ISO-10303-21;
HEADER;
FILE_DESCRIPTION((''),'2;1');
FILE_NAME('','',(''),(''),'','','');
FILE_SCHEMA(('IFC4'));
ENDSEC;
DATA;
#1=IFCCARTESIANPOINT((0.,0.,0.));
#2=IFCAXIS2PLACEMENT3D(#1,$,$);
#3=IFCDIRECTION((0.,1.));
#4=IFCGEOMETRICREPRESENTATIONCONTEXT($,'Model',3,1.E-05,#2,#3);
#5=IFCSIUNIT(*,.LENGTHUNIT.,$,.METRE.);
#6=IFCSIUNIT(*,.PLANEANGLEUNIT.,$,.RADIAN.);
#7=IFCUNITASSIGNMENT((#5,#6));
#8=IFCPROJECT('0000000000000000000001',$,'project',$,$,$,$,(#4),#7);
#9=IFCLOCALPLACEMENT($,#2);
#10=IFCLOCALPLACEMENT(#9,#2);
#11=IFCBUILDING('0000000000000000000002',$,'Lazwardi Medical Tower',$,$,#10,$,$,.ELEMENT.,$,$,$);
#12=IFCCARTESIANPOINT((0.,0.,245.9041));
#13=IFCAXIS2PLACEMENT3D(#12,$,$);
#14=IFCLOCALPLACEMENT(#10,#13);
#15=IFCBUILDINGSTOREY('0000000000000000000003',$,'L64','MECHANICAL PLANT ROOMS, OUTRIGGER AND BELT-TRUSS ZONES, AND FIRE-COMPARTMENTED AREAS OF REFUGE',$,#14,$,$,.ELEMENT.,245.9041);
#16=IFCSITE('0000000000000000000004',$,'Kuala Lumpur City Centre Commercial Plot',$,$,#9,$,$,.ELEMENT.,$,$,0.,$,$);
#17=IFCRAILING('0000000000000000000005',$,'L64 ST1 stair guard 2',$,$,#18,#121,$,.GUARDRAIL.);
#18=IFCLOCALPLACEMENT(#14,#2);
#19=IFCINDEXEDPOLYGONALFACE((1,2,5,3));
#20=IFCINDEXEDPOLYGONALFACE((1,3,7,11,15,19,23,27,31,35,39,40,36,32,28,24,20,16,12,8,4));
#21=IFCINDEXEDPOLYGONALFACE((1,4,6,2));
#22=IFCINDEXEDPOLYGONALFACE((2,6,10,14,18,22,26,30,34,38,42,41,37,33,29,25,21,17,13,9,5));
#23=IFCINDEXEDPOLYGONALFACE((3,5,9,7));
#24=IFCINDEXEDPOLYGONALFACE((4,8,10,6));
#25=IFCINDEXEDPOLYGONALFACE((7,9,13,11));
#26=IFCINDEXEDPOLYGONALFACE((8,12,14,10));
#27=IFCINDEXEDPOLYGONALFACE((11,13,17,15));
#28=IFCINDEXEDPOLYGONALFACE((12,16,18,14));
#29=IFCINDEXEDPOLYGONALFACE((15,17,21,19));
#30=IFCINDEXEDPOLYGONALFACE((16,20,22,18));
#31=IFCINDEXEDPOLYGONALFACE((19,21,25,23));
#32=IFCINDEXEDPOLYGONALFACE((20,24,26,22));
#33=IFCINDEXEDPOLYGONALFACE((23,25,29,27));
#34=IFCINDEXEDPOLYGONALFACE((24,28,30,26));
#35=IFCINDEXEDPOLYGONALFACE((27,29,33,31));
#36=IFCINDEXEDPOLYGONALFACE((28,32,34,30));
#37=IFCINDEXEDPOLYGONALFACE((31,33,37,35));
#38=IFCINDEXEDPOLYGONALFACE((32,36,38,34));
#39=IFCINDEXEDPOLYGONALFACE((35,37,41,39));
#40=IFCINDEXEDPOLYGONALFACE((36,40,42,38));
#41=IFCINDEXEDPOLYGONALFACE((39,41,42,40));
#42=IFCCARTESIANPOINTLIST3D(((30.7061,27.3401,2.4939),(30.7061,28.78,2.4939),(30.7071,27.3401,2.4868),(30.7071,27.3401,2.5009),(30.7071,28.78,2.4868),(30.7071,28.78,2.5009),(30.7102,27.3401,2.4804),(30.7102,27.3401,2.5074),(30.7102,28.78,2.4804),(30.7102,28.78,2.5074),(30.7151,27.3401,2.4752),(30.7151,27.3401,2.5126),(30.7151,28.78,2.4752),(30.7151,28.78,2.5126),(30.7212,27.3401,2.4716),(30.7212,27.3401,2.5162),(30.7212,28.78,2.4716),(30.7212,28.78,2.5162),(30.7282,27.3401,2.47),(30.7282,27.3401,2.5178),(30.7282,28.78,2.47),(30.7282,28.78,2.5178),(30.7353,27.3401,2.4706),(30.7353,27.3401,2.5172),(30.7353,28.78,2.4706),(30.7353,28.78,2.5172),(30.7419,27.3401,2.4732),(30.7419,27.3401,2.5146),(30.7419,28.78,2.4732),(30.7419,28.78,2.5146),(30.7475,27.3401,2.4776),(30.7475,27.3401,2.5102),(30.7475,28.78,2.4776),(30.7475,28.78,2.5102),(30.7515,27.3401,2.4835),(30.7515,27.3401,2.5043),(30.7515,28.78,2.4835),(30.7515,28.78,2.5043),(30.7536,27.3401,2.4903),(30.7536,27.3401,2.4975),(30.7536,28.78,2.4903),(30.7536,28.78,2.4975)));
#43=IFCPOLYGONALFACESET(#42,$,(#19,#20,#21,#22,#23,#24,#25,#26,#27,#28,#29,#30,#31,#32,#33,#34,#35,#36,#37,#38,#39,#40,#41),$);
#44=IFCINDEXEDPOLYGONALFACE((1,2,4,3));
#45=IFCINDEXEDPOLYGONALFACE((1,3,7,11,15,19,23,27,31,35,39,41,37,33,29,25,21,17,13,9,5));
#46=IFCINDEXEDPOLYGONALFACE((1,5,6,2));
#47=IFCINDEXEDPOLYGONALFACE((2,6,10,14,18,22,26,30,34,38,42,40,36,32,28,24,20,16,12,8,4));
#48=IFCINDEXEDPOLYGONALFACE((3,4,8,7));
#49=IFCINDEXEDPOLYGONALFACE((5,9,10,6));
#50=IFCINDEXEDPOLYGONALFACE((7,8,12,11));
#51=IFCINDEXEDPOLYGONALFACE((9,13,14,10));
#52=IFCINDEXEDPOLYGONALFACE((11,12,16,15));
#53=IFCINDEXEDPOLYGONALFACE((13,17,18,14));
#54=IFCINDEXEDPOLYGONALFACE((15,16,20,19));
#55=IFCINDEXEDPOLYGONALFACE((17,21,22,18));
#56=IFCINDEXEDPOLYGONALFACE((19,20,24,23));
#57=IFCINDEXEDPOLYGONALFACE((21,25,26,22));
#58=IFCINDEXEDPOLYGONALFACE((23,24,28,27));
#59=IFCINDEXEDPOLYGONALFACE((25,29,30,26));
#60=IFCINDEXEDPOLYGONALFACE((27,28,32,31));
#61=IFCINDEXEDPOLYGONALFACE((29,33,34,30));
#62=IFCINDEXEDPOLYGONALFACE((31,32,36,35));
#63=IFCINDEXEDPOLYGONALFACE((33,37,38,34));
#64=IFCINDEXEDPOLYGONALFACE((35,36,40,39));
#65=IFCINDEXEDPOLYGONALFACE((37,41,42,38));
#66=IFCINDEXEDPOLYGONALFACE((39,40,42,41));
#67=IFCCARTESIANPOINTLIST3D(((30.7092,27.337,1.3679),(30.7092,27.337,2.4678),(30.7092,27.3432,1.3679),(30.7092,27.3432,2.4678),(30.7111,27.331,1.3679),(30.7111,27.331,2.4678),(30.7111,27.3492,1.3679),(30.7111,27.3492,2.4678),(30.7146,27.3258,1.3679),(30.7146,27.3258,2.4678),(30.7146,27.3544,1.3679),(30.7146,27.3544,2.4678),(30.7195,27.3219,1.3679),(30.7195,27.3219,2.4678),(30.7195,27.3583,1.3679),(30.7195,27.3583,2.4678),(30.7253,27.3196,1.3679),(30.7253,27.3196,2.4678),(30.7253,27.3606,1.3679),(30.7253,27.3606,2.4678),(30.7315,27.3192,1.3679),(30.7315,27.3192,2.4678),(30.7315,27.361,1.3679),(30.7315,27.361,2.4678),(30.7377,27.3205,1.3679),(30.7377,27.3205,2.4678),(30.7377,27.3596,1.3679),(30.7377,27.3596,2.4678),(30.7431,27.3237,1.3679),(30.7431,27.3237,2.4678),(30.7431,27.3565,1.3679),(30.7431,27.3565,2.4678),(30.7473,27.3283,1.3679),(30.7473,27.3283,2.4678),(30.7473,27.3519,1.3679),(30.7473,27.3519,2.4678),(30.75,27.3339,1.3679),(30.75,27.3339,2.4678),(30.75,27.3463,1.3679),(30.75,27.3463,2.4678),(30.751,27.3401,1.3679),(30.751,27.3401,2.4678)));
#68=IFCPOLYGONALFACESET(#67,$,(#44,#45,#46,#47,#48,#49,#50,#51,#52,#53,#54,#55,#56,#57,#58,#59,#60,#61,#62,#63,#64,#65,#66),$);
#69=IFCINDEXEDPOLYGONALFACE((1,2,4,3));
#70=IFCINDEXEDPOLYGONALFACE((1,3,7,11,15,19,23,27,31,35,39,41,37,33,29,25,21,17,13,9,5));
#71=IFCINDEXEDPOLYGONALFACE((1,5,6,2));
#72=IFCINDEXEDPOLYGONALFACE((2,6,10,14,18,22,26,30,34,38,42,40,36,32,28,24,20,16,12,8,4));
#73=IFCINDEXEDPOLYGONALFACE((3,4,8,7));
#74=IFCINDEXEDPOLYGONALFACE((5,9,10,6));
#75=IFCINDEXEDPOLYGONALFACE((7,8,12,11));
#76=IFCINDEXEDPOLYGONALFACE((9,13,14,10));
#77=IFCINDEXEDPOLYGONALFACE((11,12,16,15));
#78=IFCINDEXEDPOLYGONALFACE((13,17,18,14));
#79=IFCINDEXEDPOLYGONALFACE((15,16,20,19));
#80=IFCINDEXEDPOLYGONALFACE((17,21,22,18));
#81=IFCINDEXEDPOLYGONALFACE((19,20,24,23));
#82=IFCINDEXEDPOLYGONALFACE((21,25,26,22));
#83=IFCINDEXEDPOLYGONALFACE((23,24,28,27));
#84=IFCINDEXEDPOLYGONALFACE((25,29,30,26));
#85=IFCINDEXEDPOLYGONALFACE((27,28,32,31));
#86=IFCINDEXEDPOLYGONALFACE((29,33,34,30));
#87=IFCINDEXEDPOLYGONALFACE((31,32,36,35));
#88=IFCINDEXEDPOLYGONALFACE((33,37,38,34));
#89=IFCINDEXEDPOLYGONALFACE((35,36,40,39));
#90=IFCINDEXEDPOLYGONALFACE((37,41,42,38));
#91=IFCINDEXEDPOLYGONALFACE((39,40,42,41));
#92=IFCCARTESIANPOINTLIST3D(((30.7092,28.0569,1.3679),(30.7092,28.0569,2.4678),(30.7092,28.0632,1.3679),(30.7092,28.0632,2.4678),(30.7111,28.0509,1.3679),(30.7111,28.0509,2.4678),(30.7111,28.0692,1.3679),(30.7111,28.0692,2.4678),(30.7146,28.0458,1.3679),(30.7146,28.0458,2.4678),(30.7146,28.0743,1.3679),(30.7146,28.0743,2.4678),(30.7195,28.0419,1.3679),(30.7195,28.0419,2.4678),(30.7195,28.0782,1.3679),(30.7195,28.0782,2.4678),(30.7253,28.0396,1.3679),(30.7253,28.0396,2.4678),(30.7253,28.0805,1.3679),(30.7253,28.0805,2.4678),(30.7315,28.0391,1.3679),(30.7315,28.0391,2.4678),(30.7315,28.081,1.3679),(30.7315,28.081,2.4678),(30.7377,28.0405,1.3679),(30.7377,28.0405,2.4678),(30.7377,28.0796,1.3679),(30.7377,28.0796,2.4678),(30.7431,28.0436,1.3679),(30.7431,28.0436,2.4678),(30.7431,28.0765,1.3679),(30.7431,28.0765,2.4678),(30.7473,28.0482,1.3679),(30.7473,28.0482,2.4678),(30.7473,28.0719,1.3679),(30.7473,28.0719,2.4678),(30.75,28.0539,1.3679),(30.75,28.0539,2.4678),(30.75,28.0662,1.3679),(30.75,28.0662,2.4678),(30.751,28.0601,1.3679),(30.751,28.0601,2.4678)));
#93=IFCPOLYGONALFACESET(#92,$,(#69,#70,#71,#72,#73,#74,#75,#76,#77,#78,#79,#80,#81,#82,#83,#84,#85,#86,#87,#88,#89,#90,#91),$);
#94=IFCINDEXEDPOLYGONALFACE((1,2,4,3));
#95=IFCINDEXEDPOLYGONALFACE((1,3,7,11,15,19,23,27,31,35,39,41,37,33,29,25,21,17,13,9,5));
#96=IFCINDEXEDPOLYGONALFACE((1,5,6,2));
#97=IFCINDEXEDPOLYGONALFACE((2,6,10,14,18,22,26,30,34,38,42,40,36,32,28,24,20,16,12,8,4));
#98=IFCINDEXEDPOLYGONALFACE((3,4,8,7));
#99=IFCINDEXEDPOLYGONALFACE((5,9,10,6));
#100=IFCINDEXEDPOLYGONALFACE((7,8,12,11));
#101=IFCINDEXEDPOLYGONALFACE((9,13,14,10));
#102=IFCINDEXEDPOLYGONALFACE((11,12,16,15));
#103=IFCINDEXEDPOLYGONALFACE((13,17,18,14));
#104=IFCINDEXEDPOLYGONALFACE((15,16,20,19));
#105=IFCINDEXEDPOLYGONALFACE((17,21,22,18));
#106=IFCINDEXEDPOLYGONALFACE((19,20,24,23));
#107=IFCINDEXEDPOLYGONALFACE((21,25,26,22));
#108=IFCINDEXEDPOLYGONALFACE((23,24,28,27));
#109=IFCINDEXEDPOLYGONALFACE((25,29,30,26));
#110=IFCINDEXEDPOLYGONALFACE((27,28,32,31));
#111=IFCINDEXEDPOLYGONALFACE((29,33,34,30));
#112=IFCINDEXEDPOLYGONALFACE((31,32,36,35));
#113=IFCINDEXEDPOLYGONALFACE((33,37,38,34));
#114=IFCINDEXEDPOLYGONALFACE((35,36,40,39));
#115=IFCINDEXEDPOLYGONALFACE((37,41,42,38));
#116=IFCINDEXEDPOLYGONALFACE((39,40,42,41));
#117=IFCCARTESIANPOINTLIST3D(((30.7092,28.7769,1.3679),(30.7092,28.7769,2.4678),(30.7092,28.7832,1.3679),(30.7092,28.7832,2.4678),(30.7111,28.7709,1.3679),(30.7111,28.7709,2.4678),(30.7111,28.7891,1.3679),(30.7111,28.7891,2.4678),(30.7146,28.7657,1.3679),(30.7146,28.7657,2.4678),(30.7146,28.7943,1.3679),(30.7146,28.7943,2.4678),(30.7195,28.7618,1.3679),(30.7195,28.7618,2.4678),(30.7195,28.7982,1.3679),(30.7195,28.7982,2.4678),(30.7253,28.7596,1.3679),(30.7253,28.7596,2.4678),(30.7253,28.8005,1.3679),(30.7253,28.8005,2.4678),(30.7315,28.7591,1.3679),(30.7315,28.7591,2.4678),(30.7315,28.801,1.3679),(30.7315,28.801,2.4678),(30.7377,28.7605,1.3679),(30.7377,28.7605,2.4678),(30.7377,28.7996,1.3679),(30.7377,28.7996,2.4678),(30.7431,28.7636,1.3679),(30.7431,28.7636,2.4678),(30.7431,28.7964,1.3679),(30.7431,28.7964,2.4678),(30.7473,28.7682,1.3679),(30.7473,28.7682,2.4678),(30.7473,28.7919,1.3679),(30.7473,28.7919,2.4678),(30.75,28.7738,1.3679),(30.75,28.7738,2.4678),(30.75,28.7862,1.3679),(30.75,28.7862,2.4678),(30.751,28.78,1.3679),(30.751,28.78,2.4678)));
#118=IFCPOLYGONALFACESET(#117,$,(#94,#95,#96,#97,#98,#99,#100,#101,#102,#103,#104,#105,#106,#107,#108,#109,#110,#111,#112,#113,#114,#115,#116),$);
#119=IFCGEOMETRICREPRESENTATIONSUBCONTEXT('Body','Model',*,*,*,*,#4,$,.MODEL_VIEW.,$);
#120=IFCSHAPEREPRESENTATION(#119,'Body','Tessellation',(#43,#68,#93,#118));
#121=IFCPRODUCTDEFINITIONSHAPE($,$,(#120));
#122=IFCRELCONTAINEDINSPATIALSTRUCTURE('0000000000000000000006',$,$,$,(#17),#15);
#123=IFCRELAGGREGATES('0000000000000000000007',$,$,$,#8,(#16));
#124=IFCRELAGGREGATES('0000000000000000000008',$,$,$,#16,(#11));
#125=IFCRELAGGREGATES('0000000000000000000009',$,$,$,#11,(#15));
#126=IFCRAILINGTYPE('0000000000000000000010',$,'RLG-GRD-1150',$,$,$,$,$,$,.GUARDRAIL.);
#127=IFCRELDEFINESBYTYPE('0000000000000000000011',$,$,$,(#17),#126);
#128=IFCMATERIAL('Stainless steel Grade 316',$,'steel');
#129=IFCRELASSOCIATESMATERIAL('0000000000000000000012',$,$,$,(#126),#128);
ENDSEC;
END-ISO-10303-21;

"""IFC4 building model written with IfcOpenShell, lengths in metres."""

from ifc_helpers import new_model, si_unit, direction, frame, origin, origin_2d, place, context, subcontext, project, spatial, circle, extrude, material, type_object, element, save


model = new_model("IFC4")

# Units and contexts
model_context = context("Model", 3, precision=1e-05, world=origin(), true_north=direction((0.0, 1.0)))
body_context = subcontext(model_context, "Body", "Model", "MODEL_VIEW")
ifc_project = project(units=[si_unit("LENGTHUNIT", "METRE"), si_unit("PLANEANGLEUNIT", "RADIAN")], contexts=[model_context])

# Site, building, storey
site_placement = place(None, origin())
site = spatial("IfcSite", under=ifc_project, at=site_placement, Name="Kuala Lumpur City Centre Commercial Plot", CompositionType="ELEMENT", RefElevation=0.0)
building_placement = place(site_placement, origin())
building = spatial("IfcBuilding", under=site, at=building_placement, Name="Lazwardi Medical Tower", CompositionType="ELEMENT")
storey_placement = place(building_placement, frame((0.0, 0.0, 245.9041)))
storey = spatial("IfcBuildingStorey", under=building, at=storey_placement, Name="L64", Description="MECHANICAL PLANT ROOMS, OUTRIGGER AND BELT-TRUSS ZONES, AND FIRE-COMPARTMENTED AREAS OF REFUGE", CompositionType="ELEMENT", Elevation=245.9041)

# Railing
ifc_material_1 = material(Name="Stainless steel Grade 316", Category="steel")
railing_type_1 = type_object("IfcRailingType", Name="RLG-GRD-1150", PredefinedType="GUARDRAIL", material=ifc_material_1)
railing_1_placement = place(storey_placement, frame((30.73, 27.3401, 1.3679)))
element("IfcRailing", 1, at=railing_1_placement, inside=storey, type_object=railing_type_1, Name="L64 ST1 stair guard 2", PredefinedType="GUARDRAIL", context=body_context, shape_type="SweptSolid", body=[
    extrude(circle(Radius=0.0239, at=origin_2d()), frame((0.0, 0.0, 1.126), z_axis=(0.0, 1.0, 0.0), x_axis=(-1.0, 0.0, 0.0)), (0.0, 0.0, 1.0), 1.4399),
    extrude(circle(Radius=0.021, at=origin_2d()), origin(), (0.0, 0.0, 1.0), 1.0999),
    extrude(circle(Radius=0.021, at=origin_2d()), frame((0.0, 0.72, 0.0)), (0.0, 0.0, 1.0), 1.0999),
    extrude(circle(Radius=0.021, at=origin_2d()), frame((0.0, 1.4399, 0.0)), (0.0, 0.0, 1.0), 1.0999),
])

save(model, "model.ifc")
